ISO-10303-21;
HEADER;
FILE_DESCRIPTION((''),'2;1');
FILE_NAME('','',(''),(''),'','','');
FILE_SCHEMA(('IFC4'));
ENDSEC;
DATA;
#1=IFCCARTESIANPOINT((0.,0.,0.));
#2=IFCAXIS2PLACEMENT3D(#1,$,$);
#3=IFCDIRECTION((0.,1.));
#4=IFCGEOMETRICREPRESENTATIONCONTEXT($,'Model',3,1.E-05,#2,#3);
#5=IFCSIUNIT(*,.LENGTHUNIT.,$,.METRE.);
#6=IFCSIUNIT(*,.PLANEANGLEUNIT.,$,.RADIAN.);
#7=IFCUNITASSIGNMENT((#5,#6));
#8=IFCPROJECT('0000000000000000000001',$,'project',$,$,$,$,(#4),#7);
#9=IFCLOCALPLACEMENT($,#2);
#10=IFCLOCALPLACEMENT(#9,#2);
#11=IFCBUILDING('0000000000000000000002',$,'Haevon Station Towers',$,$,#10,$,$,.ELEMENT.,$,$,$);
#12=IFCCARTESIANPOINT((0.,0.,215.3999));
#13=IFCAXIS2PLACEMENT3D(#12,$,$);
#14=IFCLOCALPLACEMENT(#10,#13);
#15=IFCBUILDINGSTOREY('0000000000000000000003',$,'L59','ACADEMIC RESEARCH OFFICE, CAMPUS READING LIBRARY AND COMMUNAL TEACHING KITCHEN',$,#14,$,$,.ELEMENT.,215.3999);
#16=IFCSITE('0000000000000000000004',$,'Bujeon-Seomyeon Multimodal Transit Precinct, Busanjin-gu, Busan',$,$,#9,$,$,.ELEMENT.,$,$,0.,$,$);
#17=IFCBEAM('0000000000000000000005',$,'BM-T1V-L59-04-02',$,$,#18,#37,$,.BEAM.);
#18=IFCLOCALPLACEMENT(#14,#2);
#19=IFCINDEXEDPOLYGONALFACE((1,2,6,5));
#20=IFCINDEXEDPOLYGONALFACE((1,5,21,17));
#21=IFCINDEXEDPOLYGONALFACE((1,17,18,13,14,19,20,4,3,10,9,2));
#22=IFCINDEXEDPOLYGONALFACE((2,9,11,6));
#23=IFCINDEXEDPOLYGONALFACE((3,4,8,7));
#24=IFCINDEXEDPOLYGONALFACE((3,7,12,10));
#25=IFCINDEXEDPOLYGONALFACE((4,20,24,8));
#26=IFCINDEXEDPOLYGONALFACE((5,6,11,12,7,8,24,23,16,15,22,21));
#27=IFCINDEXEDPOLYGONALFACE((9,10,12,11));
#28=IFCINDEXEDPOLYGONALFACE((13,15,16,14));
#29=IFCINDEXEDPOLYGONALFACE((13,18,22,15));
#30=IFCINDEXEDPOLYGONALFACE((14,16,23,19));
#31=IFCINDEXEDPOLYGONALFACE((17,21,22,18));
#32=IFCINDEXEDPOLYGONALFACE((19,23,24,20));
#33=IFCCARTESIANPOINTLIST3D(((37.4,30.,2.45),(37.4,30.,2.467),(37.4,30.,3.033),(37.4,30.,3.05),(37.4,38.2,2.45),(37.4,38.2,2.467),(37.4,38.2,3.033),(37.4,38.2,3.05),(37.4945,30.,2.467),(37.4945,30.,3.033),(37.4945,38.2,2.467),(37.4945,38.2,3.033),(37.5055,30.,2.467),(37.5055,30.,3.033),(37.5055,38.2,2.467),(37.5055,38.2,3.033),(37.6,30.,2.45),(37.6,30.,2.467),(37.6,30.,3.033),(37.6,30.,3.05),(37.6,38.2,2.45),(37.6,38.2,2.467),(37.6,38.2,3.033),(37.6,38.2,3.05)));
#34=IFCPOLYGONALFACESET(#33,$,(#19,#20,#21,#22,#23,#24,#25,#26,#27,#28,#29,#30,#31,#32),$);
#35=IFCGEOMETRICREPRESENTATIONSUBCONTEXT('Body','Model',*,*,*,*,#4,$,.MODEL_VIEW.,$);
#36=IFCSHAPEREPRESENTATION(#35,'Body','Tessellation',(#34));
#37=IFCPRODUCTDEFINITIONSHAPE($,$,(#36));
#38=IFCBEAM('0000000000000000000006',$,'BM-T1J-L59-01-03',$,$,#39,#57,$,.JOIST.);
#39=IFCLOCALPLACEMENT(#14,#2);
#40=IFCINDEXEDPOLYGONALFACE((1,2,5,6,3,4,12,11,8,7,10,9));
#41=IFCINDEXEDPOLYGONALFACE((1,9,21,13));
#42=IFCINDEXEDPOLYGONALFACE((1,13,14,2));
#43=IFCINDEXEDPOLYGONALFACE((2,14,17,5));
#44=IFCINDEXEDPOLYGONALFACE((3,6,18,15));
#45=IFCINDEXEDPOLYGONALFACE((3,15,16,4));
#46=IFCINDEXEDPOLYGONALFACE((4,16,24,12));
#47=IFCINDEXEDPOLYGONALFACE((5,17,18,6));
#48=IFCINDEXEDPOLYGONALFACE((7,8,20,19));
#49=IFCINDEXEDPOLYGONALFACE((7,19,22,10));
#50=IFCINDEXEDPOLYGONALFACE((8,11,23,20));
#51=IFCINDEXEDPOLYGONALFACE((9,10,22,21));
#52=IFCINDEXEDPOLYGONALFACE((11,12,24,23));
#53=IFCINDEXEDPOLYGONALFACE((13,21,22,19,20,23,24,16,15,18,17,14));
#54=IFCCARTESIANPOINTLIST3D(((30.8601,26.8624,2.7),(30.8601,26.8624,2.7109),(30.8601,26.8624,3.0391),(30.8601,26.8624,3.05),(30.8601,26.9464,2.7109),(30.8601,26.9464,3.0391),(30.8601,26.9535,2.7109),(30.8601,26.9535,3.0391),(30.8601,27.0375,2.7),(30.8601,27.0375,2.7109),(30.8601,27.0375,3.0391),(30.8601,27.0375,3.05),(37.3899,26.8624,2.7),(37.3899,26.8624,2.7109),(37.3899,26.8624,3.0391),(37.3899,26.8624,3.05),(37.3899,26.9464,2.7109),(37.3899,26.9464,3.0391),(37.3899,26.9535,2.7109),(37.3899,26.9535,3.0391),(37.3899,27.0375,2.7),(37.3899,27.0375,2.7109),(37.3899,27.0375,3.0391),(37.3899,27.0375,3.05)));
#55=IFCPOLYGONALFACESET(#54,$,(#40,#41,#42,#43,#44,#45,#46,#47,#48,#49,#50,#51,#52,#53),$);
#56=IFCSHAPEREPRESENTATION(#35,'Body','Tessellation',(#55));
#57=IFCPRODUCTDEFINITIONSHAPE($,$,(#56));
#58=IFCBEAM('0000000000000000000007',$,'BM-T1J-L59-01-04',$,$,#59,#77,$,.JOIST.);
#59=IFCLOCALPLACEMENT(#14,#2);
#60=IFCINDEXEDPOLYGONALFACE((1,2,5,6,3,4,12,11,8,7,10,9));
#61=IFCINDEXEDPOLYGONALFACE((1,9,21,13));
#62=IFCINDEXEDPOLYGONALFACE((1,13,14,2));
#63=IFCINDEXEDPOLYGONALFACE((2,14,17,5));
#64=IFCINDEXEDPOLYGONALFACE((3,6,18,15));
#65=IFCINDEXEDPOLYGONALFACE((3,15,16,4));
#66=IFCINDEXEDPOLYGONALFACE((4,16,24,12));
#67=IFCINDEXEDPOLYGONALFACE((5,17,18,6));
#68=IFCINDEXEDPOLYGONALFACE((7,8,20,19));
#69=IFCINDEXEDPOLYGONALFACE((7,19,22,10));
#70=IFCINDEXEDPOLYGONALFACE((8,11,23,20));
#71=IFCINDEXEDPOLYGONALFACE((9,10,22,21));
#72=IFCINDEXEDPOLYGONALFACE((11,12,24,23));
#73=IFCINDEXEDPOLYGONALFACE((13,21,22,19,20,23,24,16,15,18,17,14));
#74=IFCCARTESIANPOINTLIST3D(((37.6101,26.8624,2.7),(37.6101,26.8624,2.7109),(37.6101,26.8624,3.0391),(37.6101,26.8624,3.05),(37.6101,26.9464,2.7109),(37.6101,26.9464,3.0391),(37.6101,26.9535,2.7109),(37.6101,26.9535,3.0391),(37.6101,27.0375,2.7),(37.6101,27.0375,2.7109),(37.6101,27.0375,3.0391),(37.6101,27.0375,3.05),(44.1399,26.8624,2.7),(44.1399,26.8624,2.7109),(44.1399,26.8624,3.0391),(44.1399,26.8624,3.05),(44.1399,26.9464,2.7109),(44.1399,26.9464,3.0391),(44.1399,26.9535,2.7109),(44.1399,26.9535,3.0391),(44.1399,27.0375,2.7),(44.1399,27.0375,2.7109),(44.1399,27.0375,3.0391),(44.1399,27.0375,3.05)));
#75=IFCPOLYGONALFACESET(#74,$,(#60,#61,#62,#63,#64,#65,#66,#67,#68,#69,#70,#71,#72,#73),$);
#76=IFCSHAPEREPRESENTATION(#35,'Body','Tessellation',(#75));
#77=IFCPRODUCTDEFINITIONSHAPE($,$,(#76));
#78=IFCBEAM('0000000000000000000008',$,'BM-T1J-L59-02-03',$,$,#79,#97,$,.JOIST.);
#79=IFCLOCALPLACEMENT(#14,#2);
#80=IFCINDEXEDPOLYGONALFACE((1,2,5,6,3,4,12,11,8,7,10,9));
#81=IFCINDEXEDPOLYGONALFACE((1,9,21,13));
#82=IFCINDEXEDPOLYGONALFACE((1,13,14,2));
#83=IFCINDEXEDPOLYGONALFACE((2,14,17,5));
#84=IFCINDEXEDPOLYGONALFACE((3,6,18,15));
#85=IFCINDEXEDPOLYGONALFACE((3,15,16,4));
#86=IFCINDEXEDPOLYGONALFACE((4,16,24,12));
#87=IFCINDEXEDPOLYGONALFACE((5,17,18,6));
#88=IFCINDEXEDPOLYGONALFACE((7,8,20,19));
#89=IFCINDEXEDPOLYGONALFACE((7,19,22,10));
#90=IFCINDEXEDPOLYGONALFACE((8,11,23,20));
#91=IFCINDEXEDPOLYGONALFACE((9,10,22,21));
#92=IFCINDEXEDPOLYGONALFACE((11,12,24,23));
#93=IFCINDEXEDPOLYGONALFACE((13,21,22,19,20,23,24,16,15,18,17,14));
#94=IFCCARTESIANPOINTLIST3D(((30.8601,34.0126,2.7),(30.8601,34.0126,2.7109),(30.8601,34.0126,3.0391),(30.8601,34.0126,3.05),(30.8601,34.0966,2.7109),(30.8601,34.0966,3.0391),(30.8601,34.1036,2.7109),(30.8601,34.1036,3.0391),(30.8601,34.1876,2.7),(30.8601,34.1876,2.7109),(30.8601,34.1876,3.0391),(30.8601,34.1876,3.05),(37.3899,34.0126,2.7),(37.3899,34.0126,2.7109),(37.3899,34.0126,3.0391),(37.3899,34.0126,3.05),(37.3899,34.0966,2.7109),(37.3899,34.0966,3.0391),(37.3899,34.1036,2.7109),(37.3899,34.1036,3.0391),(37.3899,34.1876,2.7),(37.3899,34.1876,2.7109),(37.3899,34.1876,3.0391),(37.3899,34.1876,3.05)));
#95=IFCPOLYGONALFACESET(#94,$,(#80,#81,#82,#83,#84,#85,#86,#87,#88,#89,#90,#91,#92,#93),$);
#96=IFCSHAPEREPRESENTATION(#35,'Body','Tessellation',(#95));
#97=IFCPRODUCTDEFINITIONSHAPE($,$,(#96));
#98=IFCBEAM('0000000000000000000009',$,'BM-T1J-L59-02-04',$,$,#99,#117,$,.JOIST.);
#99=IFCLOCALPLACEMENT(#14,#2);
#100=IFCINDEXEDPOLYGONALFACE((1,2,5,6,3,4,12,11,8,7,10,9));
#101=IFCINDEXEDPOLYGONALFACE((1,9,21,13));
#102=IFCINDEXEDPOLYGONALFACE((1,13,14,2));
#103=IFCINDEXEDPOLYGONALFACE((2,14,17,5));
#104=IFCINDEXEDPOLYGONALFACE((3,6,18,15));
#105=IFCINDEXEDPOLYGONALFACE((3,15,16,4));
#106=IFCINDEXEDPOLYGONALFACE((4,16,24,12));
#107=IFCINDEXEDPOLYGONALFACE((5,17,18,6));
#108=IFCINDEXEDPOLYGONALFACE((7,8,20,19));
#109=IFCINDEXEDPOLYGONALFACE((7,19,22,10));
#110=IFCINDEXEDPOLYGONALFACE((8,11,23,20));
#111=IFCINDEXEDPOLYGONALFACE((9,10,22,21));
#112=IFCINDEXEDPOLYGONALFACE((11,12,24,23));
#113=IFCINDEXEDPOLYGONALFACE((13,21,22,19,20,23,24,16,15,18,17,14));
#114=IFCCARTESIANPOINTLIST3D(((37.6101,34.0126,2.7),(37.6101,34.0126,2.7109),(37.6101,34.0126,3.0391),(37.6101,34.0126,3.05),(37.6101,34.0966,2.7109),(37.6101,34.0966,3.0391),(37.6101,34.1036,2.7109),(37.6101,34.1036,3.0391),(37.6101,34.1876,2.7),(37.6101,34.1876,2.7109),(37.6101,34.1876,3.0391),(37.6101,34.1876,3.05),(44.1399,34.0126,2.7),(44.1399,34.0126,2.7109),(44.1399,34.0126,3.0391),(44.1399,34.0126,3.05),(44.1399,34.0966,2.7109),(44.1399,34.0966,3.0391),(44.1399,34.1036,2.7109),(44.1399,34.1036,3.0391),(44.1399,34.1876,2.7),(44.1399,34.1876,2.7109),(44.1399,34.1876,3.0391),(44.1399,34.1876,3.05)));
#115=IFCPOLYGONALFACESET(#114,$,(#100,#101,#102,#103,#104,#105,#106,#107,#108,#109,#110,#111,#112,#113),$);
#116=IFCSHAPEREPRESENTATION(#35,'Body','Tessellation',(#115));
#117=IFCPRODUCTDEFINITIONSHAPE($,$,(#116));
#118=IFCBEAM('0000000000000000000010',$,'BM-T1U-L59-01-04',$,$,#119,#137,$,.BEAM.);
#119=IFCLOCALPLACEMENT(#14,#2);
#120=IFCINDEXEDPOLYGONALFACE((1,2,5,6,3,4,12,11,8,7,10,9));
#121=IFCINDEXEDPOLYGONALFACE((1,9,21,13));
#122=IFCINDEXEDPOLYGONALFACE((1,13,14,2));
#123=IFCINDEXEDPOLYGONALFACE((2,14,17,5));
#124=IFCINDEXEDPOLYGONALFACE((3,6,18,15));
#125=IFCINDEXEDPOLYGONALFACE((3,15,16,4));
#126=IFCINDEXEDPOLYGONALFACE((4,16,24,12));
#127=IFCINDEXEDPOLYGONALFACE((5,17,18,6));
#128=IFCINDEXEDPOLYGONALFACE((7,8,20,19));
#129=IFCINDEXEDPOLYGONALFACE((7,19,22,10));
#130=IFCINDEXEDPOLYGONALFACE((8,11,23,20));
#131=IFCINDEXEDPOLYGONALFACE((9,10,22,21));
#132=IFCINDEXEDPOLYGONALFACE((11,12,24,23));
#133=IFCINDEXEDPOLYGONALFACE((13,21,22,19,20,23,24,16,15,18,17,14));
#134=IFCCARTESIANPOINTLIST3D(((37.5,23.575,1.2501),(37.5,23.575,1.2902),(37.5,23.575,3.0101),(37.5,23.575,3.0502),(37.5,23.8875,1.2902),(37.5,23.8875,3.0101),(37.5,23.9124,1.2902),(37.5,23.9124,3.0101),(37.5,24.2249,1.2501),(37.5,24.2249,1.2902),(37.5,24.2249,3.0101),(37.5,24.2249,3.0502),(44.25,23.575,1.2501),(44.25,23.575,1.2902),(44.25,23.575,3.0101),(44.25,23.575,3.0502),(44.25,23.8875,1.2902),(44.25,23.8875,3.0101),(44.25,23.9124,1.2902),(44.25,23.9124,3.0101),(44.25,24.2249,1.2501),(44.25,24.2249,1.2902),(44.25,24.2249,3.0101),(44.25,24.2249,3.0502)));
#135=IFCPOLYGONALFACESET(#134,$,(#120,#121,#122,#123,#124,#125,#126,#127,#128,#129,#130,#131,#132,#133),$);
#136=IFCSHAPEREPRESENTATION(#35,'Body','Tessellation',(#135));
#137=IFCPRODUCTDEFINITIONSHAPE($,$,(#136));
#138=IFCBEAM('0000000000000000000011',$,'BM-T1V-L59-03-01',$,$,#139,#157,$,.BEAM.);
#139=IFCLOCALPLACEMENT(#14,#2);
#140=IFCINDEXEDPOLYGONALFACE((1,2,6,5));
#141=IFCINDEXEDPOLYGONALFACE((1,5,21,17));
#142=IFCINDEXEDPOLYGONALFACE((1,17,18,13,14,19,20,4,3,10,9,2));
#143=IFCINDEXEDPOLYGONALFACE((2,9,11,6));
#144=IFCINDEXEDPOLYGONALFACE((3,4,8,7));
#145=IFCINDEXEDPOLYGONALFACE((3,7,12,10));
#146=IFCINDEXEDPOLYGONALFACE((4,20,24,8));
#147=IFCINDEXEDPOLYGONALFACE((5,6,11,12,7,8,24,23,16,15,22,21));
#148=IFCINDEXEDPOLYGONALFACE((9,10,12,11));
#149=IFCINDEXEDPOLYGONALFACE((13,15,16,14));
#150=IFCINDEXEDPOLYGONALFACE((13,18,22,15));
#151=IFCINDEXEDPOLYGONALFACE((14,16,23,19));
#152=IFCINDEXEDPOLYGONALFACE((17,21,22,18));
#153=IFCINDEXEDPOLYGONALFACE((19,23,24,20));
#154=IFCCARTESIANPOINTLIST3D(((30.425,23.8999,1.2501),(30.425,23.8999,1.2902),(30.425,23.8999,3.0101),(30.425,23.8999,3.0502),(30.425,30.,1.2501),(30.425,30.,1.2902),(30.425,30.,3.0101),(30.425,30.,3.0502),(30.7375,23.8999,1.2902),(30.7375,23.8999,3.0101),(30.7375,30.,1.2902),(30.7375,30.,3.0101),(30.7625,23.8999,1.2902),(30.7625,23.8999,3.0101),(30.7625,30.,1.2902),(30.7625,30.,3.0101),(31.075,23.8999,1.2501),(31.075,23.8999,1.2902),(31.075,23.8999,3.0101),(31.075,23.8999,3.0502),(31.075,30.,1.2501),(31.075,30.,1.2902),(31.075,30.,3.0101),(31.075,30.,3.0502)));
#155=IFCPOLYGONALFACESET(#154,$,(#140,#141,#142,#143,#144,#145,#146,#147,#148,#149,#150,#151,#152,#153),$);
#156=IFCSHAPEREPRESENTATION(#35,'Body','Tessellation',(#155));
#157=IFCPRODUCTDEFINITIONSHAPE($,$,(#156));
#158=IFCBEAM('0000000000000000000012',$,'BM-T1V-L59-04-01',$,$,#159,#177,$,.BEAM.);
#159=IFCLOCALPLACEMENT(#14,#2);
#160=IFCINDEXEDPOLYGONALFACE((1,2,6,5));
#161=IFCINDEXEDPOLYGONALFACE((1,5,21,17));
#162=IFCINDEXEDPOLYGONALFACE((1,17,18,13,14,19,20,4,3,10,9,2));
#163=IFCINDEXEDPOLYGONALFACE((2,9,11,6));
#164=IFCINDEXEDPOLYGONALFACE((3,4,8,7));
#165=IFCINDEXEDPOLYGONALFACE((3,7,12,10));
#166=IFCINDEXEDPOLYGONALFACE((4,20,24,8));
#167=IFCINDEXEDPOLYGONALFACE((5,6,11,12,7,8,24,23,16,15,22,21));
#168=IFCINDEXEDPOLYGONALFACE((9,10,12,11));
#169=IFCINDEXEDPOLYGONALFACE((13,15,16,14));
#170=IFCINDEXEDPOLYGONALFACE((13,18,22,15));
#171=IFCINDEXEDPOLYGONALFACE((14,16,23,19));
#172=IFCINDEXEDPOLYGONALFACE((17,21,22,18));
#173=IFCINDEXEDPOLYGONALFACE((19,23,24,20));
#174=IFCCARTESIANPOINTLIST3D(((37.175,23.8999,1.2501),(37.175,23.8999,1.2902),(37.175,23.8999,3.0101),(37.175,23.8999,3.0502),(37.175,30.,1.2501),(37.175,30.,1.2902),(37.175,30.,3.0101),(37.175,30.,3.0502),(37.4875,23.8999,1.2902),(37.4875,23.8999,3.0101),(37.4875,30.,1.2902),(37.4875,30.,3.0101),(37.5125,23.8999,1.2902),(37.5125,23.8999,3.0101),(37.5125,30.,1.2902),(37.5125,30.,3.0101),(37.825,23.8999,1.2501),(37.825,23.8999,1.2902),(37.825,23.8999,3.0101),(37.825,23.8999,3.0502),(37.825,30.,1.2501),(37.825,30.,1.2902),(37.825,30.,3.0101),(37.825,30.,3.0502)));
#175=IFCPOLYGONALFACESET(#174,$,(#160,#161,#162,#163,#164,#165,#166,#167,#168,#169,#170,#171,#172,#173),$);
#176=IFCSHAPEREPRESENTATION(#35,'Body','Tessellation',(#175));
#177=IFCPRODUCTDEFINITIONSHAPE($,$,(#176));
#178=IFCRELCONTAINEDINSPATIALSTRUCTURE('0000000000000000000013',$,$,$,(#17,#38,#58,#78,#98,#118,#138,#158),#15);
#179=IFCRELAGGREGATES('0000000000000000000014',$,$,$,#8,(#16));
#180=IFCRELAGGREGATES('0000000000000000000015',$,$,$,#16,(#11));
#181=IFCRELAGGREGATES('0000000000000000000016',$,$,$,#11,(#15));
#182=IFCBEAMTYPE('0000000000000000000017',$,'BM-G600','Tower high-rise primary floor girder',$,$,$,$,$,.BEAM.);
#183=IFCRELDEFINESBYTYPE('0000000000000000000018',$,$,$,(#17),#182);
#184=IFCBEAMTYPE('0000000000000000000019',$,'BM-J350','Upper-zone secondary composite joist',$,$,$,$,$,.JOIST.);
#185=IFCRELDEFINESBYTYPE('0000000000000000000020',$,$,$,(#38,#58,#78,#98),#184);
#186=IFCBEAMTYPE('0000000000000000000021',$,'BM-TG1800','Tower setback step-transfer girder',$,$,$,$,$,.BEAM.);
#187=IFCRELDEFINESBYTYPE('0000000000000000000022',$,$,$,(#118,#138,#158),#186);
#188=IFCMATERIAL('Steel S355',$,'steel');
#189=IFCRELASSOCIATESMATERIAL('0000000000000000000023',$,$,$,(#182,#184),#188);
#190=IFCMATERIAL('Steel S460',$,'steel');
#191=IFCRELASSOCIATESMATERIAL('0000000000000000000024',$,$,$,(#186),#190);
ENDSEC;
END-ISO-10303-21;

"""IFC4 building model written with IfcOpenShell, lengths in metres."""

from ifc_helpers import new_model, si_unit, direction, frame, origin, origin_2d, place, context, subcontext, project, spatial, i_section, extrude, material, material_profile, profile_set, type_object, element, save


model = new_model("IFC4")

# Units and contexts
model_context = context("Model", 3, precision=1e-05, world=origin(), true_north=direction((0.0, 1.0)))
body_context = subcontext(model_context, "Body", "Model", "MODEL_VIEW")
ifc_project = project(units=[si_unit("LENGTHUNIT", "METRE"), si_unit("PLANEANGLEUNIT", "RADIAN")], contexts=[model_context])

# Site, building, storey
site_placement = place(None, origin())
site = spatial("IfcSite", under=ifc_project, at=site_placement, Name="Bujeon-Seomyeon Multimodal Transit Precinct, Busanjin-gu, Busan", CompositionType="ELEMENT", RefElevation=0.0)
building_placement = place(site_placement, origin())
building = spatial("IfcBuilding", under=site, at=building_placement, Name="Haevon Station Towers", CompositionType="ELEMENT")
storey_placement = place(building_placement, frame((0.0, 0.0, 215.3999)))
storey = spatial("IfcBuildingStorey", under=building, at=storey_placement, Name="L59", Description="ACADEMIC RESEARCH OFFICE, CAMPUS READING LIBRARY AND COMMUNAL TEACHING KITCHEN", CompositionType="ELEMENT", Elevation=215.3999)

# Shared definitions
ifc_material_1 = material(Name="Steel S355", Category="steel")

# Beams
ifc_material_profile_1 = material_profile(ifc_material_1, i_section(OverallWidth=0.2, OverallDepth=0.6001, WebThickness=0.011, FlangeThickness=0.0171, at=origin_2d()), Name="H-600x200x11x17")
ifc_profile_set_1 = profile_set([ifc_material_profile_1], Name="Steel S355")
beam_type_1 = type_object("IfcBeamType", Name="BM-G600", Description="Tower high-rise primary floor girder", PredefinedType="BEAM", material=ifc_profile_set_1)
beam_1_placement = place(storey_placement, frame((37.5, 30.0, 2.75), z_axis=(0.0, 1.0, 0.0), x_axis=(-1.0, 0.0, 0.0)))
element("IfcBeam", 1, at=beam_1_placement, inside=storey, type_object=beam_type_1, Name="BM-T1V-L59-04-02", PredefinedType="BEAM", context=body_context, shape_type="SweptSolid", body=[
    extrude(i_section(OverallWidth=0.2, OverallDepth=0.6001, WebThickness=0.011, FlangeThickness=0.0171, at=origin_2d()), origin(), (0.0, 0.0, 1.0), 8.2),
])
ifc_material_profile_2 = material_profile(ifc_material_1, i_section(OverallWidth=0.175, OverallDepth=0.3501, WebThickness=0.0071, FlangeThickness=0.011, at=origin_2d()), Name="H-350x175x7x11")
ifc_profile_set_2 = profile_set([ifc_material_profile_2], Name="Steel S355")
beam_type_2 = type_object("IfcBeamType", Name="BM-J350", Description="Upper-zone secondary composite joist", PredefinedType="JOIST", material=ifc_profile_set_2)
for number, where, z_axis, x_axis, name in (
    (2, (30.8601, 26.95, 2.875), (1.0, 0.0, 0.0), (0.0, 1.0, 0.0), "BM-T1J-L59-01-03"),
    (3, (37.6101, 26.95, 2.875), (1.0, 0.0, 0.0), (0.0, 1.0, 0.0), "BM-T1J-L59-01-04"),
    (4, (30.8601, 34.1001, 2.875), (1.0, 0.0, 0.0), (0.0, 1.0, 0.0), "BM-T1J-L59-02-03"),
    (5, (37.6101, 34.1001, 2.875), (1.0, 0.0, 0.0), (0.0, 1.0, 0.0), "BM-T1J-L59-02-04"),
):
    element("IfcBeam", number, at=place(storey_placement, frame(where, z_axis=z_axis, x_axis=x_axis)), inside=storey, type_object=beam_type_2, Name=name, PredefinedType="JOIST", context=body_context, shape_type="SweptSolid", body=[
        extrude(i_section(OverallWidth=0.175, OverallDepth=0.3501, WebThickness=0.0071, FlangeThickness=0.011, at=origin_2d()), origin(), (0.0, 0.0, 1.0), 6.5298),
    ])
ifc_material_2 = material(Name="Steel S460", Category="steel")
ifc_material_profile_3 = material_profile(ifc_material_2, i_section(OverallWidth=0.6499, OverallDepth=1.8, WebThickness=0.0249, FlangeThickness=0.04, at=origin_2d()), Name="H-1800x650x25x40")
ifc_profile_set_3 = profile_set([ifc_material_profile_3], Name="Steel S460")
beam_type_3 = type_object("IfcBeamType", Name="BM-TG1800", Description="Tower setback step-transfer girder", PredefinedType="BEAM", material=ifc_profile_set_3)
beam_2_placement = place(storey_placement, frame((37.5, 23.8999, 2.1501), z_axis=(1.0, 0.0, 0.0), x_axis=(0.0, 1.0, 0.0)))
element("IfcBeam", 6, at=beam_2_placement, inside=storey, type_object=beam_type_3, Name="BM-T1U-L59-01-04", PredefinedType="BEAM", context=body_context, shape_type="SweptSolid", body=[
    extrude(i_section(OverallWidth=0.6499, OverallDepth=1.8, WebThickness=0.0249, FlangeThickness=0.04, at=origin_2d()), origin(), (0.0, 0.0, 1.0), 6.75),
])
for number, where, z_axis, x_axis, name in (
    (7, (30.75, 23.8999, 2.1501), (0.0, 1.0, 0.0), (-1.0, 0.0, 0.0), "BM-T1V-L59-03-01"),
    (8, (37.5, 23.8999, 2.1501), (0.0, 1.0, 0.0), (-1.0, 0.0, 0.0), "BM-T1V-L59-04-01"),
):
    element("IfcBeam", number, at=place(storey_placement, frame(where, z_axis=z_axis, x_axis=x_axis)), inside=storey, type_object=beam_type_3, Name=name, PredefinedType="BEAM", context=body_context, shape_type="SweptSolid", body=[
        extrude(i_section(OverallWidth=0.6499, OverallDepth=1.8, WebThickness=0.0249, FlangeThickness=0.04, at=origin_2d()), origin(), (0.0, 0.0, 1.0), 6.1001),
    ])

save(model, "model.ifc")
